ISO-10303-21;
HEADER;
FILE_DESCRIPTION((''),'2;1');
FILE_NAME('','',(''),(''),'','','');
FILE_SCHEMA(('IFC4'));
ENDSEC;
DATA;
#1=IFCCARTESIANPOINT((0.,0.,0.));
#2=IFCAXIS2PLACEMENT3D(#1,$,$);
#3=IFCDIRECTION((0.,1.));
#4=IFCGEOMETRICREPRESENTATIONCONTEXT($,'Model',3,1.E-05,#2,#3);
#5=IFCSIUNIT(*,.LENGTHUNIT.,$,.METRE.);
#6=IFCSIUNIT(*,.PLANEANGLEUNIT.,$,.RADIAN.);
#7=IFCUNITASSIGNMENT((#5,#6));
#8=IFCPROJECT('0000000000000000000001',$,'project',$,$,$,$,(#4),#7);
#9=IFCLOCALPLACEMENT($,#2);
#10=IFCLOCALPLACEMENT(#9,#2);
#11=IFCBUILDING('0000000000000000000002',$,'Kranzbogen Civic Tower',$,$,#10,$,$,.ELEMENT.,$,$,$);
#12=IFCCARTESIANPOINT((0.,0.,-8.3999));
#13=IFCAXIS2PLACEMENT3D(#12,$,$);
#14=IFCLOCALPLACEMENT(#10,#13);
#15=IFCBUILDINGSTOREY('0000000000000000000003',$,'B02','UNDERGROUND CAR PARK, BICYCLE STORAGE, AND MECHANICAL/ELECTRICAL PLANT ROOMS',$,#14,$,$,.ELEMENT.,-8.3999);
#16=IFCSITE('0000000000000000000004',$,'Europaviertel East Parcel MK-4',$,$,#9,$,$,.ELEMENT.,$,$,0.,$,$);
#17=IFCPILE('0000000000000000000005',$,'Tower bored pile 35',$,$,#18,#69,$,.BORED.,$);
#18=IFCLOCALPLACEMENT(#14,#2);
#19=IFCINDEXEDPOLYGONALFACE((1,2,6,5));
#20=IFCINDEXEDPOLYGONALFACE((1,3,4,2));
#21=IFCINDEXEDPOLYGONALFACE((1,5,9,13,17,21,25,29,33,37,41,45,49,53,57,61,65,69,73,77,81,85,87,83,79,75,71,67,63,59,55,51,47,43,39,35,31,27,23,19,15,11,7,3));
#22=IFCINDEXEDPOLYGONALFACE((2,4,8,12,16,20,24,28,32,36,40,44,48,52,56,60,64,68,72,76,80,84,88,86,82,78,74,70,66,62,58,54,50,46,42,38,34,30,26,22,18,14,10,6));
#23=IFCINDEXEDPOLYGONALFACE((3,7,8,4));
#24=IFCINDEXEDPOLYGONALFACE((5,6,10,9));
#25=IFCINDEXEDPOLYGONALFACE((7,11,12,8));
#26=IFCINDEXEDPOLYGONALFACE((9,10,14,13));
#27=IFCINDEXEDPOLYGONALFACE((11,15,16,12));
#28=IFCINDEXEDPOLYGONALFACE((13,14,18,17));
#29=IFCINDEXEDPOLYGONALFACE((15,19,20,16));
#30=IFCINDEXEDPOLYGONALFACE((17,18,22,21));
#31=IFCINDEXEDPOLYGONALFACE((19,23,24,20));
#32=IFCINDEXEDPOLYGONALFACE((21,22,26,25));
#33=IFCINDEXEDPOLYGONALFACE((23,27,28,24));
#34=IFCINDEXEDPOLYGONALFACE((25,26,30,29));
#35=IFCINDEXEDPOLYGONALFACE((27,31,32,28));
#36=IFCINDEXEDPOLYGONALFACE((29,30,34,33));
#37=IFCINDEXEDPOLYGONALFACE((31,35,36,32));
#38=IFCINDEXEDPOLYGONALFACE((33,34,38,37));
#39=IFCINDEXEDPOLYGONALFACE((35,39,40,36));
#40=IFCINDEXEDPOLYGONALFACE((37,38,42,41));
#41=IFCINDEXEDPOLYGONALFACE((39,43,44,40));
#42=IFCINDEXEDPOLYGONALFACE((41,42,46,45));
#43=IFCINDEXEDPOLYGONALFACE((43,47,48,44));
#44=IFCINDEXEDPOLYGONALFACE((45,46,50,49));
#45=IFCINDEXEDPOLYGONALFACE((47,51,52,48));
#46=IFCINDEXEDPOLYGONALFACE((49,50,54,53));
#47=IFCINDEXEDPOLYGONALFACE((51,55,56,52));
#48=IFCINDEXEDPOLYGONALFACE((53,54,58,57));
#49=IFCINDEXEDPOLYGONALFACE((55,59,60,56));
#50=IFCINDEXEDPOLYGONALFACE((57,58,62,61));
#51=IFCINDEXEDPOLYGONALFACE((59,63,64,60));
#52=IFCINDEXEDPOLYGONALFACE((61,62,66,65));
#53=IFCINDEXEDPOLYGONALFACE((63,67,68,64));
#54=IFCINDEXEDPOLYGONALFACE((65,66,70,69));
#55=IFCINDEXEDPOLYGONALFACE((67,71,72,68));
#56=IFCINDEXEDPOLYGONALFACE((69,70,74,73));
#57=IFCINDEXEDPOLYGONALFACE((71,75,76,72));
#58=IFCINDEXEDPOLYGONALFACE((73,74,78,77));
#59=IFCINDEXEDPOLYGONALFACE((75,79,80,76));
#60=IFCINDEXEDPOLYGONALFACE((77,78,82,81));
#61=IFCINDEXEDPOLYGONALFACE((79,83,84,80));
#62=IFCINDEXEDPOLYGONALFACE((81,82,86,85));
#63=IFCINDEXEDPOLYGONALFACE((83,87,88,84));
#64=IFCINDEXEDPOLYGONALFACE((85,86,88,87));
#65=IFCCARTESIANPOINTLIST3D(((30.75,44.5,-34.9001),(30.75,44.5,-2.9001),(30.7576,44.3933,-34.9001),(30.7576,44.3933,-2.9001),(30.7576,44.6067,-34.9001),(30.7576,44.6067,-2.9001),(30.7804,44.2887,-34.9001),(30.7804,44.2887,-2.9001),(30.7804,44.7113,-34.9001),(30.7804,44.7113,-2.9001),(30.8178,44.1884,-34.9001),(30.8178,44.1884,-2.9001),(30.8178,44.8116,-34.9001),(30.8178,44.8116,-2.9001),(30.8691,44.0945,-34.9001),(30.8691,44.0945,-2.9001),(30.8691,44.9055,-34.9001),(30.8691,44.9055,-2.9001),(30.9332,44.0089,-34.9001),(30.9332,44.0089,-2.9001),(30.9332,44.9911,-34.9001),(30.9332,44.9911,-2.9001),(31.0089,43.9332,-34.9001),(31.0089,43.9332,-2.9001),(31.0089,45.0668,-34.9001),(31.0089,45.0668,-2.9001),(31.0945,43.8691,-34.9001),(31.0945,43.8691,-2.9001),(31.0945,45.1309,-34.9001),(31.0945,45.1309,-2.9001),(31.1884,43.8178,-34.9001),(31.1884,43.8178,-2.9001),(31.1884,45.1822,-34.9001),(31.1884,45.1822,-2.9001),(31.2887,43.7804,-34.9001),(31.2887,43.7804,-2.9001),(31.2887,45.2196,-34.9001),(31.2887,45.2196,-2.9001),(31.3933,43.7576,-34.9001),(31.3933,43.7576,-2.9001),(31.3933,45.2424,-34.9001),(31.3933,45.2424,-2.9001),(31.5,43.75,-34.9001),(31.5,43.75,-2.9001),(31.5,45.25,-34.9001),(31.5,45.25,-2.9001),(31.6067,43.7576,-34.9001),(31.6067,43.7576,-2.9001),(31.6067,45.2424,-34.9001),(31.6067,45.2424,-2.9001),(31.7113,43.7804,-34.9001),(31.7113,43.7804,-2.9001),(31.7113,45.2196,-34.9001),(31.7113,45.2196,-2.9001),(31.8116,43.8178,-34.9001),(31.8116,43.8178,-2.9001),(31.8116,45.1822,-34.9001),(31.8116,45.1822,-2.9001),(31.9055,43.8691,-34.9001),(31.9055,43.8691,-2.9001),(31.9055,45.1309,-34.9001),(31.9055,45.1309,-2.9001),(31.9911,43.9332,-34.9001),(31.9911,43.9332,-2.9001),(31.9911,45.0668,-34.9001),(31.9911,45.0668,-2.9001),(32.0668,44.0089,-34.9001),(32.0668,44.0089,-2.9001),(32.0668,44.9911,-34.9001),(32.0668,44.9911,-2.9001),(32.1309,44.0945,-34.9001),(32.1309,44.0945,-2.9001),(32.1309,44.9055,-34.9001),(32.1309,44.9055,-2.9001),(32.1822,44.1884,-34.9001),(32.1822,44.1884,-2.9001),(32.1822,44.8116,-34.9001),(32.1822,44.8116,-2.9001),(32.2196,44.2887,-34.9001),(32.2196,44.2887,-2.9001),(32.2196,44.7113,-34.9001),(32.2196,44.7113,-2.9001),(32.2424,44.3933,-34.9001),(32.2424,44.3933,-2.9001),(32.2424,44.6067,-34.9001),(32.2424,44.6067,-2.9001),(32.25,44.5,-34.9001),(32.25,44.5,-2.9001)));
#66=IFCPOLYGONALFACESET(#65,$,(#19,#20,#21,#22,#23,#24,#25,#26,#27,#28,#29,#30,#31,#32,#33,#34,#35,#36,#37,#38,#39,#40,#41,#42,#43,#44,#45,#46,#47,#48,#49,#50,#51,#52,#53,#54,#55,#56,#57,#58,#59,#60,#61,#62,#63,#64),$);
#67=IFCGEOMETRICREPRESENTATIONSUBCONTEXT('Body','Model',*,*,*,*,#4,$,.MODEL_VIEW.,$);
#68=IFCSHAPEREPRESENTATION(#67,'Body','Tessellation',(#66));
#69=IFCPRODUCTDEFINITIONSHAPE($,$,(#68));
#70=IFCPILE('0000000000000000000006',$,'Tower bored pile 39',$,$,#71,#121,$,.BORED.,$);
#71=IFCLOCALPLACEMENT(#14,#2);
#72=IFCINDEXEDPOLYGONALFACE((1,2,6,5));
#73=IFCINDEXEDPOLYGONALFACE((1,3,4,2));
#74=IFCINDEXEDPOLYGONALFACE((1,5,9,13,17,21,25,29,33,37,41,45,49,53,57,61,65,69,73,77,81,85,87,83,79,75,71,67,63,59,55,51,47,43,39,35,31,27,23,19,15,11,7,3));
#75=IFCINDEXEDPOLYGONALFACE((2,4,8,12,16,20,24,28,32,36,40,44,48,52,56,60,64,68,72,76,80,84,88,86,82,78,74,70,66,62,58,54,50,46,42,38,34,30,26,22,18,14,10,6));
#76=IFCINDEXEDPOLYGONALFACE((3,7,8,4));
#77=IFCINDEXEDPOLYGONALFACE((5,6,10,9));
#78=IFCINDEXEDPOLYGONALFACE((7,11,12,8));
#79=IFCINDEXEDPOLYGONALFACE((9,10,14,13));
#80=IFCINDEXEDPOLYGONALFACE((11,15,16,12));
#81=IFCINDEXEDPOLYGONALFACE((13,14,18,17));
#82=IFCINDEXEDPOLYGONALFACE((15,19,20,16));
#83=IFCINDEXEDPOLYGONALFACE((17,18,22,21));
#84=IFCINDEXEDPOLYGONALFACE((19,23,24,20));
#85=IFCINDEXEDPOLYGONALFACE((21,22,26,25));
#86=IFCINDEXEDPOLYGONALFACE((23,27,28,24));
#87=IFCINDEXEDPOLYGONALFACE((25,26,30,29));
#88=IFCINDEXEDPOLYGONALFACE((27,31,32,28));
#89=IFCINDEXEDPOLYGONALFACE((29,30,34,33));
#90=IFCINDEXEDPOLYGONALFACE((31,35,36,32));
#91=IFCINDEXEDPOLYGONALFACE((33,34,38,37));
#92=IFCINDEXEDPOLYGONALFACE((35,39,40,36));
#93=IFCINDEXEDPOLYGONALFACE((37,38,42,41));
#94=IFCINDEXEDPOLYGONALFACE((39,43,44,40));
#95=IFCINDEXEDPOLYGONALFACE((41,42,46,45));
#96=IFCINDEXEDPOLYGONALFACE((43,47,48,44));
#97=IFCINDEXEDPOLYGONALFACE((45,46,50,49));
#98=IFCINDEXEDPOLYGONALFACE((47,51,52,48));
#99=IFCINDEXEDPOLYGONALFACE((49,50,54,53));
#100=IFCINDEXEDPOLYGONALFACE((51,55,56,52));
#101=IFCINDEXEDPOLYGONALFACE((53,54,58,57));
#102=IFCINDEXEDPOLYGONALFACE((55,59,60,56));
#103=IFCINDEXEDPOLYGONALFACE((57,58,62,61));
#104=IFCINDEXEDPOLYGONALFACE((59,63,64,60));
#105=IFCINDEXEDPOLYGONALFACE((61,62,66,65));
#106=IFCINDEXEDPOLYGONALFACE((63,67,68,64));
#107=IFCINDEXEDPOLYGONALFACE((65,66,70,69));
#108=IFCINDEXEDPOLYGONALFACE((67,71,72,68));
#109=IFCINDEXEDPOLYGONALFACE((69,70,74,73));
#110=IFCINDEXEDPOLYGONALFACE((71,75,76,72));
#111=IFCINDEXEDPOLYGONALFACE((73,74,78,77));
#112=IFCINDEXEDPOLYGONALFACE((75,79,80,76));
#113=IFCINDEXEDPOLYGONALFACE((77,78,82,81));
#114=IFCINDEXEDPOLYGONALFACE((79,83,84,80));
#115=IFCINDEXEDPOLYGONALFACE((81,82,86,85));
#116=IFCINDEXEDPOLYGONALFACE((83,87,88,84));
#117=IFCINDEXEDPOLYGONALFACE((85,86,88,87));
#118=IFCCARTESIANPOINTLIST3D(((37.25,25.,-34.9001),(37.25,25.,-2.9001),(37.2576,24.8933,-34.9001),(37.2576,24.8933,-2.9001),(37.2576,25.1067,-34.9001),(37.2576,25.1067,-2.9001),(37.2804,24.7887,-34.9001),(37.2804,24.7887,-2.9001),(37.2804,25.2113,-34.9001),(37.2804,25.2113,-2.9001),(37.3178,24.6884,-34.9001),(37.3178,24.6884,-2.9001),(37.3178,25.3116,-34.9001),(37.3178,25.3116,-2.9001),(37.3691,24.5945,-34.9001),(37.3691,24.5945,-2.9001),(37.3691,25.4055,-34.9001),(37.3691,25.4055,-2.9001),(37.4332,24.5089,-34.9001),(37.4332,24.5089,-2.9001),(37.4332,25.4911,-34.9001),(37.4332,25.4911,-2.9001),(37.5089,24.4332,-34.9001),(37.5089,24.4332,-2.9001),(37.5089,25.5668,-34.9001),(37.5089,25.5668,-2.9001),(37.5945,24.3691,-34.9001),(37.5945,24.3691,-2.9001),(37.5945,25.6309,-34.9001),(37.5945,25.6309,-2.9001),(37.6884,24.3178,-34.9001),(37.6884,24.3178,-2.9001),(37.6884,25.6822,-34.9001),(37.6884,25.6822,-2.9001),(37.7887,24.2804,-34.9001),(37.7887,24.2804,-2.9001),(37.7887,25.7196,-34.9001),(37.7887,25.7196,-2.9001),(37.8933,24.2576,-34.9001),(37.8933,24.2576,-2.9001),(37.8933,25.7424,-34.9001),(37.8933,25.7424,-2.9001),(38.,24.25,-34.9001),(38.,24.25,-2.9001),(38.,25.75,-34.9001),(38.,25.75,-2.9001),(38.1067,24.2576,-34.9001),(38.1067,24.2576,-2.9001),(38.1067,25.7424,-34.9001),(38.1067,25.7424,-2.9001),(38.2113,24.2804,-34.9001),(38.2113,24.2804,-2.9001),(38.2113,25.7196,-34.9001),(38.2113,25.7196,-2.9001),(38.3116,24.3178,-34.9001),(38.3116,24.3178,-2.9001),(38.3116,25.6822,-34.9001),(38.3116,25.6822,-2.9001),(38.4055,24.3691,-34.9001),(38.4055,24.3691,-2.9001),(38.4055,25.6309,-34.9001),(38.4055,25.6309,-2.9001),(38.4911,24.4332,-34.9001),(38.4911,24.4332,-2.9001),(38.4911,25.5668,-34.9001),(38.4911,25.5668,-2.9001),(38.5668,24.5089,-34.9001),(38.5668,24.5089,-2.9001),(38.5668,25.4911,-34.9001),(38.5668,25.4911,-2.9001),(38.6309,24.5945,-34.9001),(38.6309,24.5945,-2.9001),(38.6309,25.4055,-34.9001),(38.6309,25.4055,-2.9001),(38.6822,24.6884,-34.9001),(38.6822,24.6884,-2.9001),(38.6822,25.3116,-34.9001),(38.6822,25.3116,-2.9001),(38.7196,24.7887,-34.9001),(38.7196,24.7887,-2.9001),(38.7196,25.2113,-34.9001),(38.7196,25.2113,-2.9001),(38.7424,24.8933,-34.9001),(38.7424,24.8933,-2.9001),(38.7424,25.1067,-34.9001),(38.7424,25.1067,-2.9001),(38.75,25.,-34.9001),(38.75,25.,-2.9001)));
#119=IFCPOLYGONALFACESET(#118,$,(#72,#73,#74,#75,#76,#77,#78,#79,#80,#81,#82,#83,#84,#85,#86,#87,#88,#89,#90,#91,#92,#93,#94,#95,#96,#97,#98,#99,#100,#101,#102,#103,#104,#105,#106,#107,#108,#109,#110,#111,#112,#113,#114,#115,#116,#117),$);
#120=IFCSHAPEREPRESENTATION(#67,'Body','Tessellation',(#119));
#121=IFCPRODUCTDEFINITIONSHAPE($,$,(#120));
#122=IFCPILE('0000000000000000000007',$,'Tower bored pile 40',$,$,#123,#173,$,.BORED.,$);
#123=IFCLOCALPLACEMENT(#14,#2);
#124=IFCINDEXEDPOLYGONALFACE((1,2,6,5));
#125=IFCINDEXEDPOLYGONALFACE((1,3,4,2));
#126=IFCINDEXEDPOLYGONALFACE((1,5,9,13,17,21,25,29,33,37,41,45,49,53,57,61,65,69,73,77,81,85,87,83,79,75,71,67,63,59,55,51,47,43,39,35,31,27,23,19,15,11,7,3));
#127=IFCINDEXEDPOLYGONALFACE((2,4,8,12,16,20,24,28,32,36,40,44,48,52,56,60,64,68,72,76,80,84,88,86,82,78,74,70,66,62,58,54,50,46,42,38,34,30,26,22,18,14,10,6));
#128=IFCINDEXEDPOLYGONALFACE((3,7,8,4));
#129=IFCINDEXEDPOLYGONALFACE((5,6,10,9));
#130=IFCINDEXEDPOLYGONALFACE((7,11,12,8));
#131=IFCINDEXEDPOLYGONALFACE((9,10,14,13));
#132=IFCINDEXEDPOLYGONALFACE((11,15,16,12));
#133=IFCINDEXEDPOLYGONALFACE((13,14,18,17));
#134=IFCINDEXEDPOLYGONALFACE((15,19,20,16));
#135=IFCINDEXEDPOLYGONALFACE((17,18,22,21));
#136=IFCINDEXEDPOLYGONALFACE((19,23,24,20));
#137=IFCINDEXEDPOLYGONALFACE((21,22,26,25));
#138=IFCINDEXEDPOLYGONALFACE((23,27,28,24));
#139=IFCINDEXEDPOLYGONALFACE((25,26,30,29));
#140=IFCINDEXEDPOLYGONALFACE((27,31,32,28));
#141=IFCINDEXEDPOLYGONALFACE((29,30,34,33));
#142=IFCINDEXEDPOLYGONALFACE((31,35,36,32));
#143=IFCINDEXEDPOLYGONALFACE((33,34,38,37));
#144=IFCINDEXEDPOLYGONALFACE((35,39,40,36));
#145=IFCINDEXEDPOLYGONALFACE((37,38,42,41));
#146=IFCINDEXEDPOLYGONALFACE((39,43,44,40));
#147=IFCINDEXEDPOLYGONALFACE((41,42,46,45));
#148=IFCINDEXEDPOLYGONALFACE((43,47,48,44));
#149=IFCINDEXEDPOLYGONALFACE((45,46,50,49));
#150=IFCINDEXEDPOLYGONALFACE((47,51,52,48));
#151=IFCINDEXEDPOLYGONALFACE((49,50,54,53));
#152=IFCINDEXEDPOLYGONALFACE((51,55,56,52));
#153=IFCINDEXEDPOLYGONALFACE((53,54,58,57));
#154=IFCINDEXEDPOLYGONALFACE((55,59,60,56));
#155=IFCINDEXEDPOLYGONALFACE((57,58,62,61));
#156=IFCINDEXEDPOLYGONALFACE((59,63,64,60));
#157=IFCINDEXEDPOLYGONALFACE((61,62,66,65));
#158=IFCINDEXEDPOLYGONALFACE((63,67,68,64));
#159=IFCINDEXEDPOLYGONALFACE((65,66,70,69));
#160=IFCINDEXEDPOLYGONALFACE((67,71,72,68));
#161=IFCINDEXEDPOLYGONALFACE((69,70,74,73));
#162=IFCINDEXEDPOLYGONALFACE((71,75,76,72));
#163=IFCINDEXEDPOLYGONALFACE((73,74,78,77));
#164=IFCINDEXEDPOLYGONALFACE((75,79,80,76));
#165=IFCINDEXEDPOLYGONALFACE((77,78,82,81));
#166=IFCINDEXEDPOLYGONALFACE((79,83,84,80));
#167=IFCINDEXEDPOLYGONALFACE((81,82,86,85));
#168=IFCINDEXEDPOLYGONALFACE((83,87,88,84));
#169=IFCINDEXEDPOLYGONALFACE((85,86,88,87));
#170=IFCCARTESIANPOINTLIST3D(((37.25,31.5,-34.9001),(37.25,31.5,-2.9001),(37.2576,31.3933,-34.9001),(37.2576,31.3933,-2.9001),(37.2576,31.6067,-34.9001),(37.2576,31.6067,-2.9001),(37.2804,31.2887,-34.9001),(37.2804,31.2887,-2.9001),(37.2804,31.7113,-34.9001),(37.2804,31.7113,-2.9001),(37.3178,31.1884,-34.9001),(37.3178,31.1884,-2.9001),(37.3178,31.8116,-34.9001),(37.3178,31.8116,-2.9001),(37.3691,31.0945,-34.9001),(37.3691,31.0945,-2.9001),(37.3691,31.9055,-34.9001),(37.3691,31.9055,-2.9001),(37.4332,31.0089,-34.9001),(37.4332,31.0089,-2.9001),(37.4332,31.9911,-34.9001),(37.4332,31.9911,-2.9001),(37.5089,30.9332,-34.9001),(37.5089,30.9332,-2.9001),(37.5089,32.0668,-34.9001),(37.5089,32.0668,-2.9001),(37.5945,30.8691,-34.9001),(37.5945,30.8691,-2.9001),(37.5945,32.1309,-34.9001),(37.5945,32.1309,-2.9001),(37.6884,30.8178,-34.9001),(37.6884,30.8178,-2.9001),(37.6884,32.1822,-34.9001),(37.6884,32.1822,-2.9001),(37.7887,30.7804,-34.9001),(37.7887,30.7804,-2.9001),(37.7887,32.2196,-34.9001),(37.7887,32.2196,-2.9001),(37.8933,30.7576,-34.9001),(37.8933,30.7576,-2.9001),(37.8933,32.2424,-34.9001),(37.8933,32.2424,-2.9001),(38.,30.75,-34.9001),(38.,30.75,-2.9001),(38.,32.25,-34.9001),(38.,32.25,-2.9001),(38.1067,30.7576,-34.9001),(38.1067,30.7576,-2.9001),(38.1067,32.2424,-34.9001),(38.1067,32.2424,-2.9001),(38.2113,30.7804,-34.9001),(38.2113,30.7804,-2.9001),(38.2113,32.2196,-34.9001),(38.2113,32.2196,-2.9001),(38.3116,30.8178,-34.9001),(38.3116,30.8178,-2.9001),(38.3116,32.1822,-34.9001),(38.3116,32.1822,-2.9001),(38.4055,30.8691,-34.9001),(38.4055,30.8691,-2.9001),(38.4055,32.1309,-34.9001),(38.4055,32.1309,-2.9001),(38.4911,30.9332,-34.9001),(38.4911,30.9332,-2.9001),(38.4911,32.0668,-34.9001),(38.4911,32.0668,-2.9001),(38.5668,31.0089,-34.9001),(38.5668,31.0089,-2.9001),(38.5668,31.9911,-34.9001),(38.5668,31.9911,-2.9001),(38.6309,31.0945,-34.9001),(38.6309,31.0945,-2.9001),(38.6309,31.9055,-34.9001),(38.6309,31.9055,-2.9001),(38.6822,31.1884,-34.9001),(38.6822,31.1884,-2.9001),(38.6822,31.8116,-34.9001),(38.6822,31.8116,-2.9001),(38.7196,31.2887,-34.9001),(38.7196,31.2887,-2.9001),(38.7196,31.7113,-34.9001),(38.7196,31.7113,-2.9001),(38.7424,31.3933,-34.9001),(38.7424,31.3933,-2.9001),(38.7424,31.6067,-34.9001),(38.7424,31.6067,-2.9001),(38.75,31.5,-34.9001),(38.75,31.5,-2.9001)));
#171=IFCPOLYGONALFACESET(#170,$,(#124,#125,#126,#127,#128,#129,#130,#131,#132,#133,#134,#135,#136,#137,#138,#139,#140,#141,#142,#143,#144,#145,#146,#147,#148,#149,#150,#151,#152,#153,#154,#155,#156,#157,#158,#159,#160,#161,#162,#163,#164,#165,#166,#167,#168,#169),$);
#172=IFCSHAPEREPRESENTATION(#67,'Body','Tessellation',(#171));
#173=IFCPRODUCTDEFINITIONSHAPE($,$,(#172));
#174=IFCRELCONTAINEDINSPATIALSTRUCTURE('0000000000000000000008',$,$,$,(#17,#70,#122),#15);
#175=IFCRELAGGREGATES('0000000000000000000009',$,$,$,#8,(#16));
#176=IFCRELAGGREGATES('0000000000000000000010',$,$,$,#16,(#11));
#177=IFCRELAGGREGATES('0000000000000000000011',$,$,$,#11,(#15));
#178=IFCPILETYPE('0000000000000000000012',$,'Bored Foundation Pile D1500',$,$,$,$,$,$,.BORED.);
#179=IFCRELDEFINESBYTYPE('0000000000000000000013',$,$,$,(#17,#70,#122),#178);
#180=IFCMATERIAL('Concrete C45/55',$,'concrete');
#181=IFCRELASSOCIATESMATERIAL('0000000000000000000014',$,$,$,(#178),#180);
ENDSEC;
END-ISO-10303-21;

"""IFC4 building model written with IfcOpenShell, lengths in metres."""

from ifc_helpers import new_model, si_unit, direction, frame, origin, origin_2d, place, context, subcontext, project, spatial, circle, extrude, material, material_profile, profile_set, type_object, element, save


model = new_model("IFC4")

# Units and contexts
model_context = context("Model", 3, precision=1e-05, world=origin(), true_north=direction((0.0, 1.0)))
body_context = subcontext(model_context, "Body", "Model", "MODEL_VIEW")
ifc_project = project(units=[si_unit("LENGTHUNIT", "METRE"), si_unit("PLANEANGLEUNIT", "RADIAN")], contexts=[model_context])

# Site, building, storey
site_placement = place(None, origin())
site = spatial("IfcSite", under=ifc_project, at=site_placement, Name="Europaviertel East Parcel MK-4", CompositionType="ELEMENT", RefElevation=0.0)
building_placement = place(site_placement, origin())
building = spatial("IfcBuilding", under=site, at=building_placement, Name="Kranzbogen Civic Tower", CompositionType="ELEMENT")
storey_placement = place(building_placement, frame((0.0, 0.0, -8.3999)))
storey = spatial("IfcBuildingStorey", under=building, at=storey_placement, Name="B02", Description="UNDERGROUND CAR PARK, BICYCLE STORAGE, AND MECHANICAL/ELECTRICAL PLANT ROOMS", CompositionType="ELEMENT", Elevation=-8.3999)

# Piles
ifc_material_1 = material(Name="Concrete C45/55", Category="concrete")
ifc_material_profile_1 = material_profile(ifc_material_1, circle(Radius=0.75, at=origin_2d()), Name="PILE D1500")
ifc_profile_set_1 = profile_set([ifc_material_profile_1], Name="Concrete C45/55")
pile_type = type_object("IfcPileType", Name="Bored Foundation Pile D1500", PredefinedType="BORED", material=ifc_profile_set_1)
for number, where, z_axis, x_axis, name in (
    (1, (31.5, 44.5, -2.9001), (0.0, 0.0, -1.0), (1.0, 0.0, 0.0), "Tower bored pile 35"),
    (2, (38.0, 25.0, -2.9001), (0.0, 0.0, -1.0), (1.0, 0.0, 0.0), "Tower bored pile 39"),
    (3, (38.0, 31.5, -2.9001), (0.0, 0.0, -1.0), (1.0, 0.0, 0.0), "Tower bored pile 40"),
):
    element("IfcPile", number, at=place(storey_placement, frame(where, z_axis=z_axis, x_axis=x_axis)), inside=storey, type_object=pile_type, Name=name, PredefinedType="BORED", context=body_context, shape_type="SweptSolid", body=[
        extrude(circle(Radius=0.75, at=origin_2d()), origin(), (0.0, 0.0, 1.0), 32.0),
    ])

save(model, "model.ifc")
